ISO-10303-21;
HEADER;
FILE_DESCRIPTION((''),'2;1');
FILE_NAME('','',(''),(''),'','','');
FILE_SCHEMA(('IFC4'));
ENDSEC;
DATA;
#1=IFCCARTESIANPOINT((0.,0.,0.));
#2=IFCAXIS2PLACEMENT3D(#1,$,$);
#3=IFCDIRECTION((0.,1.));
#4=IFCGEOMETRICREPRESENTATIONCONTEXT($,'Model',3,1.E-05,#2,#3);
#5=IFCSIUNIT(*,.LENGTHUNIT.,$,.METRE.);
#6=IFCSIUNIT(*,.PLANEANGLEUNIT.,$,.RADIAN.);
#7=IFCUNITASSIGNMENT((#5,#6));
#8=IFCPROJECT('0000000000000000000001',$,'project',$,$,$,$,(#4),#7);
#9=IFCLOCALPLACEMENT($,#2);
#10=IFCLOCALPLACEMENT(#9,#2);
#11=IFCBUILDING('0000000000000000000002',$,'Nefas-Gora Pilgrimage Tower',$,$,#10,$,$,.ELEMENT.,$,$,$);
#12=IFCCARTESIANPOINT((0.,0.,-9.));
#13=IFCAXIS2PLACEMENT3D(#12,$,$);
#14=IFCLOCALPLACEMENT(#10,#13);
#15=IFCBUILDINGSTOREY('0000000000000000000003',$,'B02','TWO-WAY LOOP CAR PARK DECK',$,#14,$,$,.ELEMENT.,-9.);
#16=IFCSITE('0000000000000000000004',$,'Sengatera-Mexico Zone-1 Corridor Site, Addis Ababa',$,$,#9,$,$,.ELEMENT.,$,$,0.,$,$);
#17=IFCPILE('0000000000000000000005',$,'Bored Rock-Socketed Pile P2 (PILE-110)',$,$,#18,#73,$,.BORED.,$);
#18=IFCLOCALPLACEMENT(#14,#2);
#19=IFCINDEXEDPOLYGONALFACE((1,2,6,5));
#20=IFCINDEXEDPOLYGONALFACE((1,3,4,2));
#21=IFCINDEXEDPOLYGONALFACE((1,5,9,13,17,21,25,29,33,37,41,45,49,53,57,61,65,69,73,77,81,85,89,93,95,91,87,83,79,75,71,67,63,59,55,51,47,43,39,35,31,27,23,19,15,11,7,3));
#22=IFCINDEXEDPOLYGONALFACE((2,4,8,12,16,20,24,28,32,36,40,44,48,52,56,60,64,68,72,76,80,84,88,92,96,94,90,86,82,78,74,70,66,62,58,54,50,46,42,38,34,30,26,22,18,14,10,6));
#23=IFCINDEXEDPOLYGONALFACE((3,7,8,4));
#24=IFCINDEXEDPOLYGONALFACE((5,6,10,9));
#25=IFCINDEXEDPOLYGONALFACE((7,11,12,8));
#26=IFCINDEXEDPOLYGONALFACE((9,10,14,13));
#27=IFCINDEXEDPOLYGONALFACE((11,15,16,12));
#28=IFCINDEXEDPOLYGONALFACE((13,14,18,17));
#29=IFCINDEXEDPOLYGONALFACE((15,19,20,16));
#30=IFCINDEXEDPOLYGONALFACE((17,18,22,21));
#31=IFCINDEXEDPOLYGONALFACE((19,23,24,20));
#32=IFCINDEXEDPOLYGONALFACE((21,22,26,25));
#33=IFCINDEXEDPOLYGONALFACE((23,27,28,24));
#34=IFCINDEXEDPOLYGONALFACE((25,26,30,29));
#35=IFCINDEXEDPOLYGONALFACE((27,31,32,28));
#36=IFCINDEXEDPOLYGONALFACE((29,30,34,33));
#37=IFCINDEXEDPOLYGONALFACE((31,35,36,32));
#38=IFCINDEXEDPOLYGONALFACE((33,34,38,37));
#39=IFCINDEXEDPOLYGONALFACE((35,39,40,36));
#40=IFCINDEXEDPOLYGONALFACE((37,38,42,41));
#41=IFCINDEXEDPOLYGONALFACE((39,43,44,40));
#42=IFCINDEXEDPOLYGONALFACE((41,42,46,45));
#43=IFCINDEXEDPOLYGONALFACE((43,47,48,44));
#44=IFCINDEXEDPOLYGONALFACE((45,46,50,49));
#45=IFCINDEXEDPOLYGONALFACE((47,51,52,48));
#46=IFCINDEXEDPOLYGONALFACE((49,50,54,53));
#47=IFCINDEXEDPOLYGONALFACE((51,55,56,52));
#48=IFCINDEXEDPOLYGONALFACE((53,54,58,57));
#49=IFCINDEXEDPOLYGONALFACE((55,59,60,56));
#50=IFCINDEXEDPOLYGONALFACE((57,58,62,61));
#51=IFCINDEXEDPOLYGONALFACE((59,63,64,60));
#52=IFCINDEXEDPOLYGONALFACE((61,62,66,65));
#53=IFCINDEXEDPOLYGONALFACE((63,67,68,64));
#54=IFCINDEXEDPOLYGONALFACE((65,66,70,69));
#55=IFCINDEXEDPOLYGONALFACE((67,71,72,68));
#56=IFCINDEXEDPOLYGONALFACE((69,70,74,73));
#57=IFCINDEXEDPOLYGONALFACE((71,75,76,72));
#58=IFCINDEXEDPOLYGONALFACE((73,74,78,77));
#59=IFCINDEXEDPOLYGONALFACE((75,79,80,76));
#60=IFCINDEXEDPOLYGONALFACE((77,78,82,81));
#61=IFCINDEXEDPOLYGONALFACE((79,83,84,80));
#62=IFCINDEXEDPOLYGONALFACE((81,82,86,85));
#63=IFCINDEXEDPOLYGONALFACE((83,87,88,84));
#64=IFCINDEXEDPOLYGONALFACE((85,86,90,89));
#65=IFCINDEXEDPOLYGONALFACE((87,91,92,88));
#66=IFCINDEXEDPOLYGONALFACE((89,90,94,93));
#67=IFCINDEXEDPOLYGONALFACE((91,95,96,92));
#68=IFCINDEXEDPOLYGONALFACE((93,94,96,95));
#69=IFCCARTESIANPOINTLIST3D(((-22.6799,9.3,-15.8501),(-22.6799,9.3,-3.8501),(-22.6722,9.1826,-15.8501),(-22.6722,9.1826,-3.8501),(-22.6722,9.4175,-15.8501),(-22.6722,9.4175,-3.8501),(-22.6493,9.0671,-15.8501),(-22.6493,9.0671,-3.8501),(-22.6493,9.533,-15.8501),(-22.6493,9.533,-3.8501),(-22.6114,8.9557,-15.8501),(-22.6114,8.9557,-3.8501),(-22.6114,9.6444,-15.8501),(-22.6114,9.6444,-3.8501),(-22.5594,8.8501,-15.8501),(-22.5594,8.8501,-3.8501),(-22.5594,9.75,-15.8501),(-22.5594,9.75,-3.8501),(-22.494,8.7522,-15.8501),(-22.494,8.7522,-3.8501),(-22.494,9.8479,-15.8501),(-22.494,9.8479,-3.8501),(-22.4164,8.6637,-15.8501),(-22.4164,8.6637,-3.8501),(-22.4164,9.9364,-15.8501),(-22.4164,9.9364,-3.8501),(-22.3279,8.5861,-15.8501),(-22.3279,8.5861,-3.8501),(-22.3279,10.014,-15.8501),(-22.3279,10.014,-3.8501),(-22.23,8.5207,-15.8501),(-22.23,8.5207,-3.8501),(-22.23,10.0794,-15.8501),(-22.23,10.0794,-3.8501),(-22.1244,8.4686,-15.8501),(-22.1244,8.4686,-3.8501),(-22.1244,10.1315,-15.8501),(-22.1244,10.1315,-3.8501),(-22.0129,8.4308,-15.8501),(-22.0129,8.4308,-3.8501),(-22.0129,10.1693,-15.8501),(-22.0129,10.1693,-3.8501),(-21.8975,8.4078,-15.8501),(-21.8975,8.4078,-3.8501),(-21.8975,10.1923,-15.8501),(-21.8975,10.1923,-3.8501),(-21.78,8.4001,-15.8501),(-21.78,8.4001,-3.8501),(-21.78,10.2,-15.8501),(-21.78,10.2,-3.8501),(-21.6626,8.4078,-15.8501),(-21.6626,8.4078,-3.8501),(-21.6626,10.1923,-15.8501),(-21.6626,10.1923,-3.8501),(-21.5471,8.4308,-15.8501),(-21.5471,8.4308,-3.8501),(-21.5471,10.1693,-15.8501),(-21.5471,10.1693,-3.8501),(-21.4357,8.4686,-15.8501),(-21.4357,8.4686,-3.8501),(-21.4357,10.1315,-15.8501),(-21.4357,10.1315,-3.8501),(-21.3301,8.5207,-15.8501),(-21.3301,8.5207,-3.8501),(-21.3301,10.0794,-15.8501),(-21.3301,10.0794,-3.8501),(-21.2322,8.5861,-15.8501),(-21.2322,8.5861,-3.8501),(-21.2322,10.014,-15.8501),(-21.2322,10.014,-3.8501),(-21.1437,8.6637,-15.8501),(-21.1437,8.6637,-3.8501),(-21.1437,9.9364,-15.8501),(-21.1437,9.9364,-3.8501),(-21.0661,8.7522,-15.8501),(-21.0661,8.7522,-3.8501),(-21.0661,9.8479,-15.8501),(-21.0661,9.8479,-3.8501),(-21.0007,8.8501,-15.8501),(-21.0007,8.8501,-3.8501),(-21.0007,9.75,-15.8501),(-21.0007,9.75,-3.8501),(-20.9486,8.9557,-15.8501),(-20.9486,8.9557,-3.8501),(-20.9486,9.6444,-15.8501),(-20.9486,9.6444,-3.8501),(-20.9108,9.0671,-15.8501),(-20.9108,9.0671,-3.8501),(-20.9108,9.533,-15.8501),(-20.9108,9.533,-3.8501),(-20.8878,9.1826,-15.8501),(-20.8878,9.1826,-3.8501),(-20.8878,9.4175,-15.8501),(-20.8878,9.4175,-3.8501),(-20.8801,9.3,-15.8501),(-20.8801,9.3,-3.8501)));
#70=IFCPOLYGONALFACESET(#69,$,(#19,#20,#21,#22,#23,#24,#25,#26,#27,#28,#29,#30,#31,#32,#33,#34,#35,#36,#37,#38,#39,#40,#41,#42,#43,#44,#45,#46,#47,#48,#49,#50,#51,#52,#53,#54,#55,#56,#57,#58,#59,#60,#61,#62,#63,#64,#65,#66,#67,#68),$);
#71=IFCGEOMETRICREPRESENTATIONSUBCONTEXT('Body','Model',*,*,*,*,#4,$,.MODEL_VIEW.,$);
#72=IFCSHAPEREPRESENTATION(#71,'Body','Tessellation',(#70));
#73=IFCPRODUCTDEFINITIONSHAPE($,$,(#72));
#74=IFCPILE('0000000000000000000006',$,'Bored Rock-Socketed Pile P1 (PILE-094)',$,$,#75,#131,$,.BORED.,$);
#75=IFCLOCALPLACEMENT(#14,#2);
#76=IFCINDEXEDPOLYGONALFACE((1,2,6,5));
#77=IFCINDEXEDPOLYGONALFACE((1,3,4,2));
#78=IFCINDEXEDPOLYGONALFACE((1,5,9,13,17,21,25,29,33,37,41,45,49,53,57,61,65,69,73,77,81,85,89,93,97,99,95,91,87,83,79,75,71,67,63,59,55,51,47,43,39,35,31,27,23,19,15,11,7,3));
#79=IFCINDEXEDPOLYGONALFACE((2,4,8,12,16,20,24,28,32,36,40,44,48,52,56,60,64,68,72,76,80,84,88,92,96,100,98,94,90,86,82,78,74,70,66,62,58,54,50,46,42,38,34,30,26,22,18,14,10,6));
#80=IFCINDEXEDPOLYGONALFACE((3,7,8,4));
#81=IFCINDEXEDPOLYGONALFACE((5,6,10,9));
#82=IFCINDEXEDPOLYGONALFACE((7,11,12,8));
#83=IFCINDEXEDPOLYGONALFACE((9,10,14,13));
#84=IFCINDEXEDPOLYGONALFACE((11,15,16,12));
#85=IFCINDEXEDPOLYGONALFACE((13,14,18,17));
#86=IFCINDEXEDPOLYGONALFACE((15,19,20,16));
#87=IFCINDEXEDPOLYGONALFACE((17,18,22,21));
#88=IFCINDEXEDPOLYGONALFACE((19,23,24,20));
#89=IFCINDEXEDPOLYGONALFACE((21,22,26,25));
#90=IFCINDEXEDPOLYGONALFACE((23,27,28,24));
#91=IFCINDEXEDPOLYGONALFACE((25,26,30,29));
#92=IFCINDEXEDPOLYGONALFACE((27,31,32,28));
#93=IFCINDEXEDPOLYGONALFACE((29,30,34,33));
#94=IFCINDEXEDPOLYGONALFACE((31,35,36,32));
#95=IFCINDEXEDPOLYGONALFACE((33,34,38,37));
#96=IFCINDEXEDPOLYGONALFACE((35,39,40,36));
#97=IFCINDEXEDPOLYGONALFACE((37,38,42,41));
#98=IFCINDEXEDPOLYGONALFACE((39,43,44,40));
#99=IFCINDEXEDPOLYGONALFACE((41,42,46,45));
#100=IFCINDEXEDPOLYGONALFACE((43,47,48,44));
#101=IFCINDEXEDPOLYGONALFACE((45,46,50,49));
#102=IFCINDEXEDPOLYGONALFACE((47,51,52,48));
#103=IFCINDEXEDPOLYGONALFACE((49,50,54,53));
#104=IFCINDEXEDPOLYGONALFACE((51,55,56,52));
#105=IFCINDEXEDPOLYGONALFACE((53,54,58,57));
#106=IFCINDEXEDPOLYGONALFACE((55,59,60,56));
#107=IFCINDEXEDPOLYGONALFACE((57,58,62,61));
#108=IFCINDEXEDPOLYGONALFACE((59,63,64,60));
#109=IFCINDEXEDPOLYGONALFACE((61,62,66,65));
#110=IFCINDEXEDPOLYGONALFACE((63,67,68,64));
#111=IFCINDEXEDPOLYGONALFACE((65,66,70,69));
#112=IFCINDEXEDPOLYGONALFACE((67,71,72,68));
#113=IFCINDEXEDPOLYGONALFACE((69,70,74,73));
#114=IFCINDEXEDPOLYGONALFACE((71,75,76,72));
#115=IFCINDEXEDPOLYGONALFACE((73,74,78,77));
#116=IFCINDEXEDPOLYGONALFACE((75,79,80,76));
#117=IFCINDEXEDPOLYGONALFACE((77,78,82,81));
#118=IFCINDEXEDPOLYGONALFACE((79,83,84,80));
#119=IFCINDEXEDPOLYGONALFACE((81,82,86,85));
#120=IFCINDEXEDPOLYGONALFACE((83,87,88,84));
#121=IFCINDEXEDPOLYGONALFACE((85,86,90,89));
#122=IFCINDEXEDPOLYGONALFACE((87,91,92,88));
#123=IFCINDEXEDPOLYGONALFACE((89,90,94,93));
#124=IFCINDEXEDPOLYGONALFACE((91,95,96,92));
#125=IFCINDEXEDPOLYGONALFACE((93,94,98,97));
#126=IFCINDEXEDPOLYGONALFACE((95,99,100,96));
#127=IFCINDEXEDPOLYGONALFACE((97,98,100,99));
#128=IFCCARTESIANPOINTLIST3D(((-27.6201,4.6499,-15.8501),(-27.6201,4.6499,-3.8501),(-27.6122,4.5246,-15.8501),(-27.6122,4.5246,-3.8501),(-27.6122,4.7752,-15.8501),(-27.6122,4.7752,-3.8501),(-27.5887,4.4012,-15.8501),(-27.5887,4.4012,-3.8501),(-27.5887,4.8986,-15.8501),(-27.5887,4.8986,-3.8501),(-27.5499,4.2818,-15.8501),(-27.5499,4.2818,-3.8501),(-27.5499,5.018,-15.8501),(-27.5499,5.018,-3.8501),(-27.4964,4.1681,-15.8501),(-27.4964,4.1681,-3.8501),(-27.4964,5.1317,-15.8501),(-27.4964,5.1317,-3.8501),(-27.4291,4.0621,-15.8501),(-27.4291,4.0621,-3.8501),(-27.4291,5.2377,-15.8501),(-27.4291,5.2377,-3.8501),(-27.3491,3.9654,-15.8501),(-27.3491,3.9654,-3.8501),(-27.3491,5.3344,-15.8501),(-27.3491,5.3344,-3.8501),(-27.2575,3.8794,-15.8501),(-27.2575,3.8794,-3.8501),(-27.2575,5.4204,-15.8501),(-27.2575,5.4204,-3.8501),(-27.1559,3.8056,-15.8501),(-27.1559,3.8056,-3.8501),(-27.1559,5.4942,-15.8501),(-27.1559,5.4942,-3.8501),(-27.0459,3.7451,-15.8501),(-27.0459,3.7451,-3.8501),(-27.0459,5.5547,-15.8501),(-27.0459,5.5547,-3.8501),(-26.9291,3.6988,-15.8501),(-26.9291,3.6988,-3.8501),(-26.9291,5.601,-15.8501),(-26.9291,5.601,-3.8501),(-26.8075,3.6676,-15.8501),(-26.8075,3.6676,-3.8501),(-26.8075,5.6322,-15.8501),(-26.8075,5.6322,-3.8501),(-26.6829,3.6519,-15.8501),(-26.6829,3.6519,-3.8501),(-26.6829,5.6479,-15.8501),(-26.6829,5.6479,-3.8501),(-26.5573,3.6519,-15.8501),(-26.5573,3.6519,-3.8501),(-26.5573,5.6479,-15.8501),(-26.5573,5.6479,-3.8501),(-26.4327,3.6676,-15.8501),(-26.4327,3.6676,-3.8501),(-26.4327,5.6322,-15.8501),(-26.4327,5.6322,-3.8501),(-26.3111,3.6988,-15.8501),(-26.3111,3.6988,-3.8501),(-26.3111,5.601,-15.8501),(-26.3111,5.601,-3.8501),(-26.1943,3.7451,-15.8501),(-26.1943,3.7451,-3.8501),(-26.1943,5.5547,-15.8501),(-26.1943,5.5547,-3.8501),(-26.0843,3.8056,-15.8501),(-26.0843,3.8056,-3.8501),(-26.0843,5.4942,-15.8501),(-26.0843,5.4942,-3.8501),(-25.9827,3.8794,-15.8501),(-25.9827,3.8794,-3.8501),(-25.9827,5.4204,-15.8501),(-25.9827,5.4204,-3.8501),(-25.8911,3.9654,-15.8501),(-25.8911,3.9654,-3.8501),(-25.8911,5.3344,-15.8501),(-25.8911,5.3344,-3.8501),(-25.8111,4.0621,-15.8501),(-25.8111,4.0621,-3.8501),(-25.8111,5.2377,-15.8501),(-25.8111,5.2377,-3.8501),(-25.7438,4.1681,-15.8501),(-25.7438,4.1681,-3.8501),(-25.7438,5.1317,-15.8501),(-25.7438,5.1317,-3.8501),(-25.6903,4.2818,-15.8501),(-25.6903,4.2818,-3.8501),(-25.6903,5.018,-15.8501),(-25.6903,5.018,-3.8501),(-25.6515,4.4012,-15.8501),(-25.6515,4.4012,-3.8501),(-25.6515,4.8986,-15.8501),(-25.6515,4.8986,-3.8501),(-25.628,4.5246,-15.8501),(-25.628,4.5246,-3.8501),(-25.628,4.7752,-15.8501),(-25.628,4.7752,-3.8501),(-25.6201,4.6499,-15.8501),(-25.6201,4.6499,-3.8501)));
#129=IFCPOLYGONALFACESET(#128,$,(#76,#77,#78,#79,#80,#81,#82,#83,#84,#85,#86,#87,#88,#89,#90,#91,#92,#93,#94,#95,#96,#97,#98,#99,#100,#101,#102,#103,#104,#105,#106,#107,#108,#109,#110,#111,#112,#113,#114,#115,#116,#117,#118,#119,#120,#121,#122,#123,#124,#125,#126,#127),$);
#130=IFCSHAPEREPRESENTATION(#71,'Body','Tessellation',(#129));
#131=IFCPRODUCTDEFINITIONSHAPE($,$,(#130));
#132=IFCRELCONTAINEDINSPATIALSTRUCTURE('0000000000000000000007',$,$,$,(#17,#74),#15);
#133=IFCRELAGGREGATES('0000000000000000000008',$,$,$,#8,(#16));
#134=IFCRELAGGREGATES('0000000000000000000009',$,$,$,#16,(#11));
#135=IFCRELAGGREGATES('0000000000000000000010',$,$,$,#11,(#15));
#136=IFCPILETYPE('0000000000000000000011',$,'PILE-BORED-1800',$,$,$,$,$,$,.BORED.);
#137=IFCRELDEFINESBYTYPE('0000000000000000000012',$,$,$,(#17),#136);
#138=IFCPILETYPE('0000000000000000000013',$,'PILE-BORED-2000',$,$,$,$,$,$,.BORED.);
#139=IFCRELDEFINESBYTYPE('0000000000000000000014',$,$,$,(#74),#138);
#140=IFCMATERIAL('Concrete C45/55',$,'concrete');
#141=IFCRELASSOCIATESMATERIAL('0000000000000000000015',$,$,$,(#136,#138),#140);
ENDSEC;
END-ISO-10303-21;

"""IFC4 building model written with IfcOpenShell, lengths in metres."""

from ifc_helpers import new_model, si_unit, direction, frame, origin, origin_2d, place, context, subcontext, project, spatial, circle, extrude, source, transform, mapped, material, material_profile, profile_set, type_object, element, save


model = new_model("IFC4")

# Units and contexts
model_context = context("Model", 3, precision=1e-05, world=origin(), true_north=direction((0.0, 1.0)))
body_context = subcontext(model_context, "Body", "Model", "MODEL_VIEW")
ifc_project = project(units=[si_unit("LENGTHUNIT", "METRE"), si_unit("PLANEANGLEUNIT", "RADIAN")], contexts=[model_context])

# Site, building, storey
site_placement = place(None, origin())
site = spatial("IfcSite", under=ifc_project, at=site_placement, Name="Sengatera-Mexico Zone-1 Corridor Site, Addis Ababa", CompositionType="ELEMENT", RefElevation=0.0)
building_placement = place(site_placement, origin())
building = spatial("IfcBuilding", under=site, at=building_placement, Name="Nefas-Gora Pilgrimage Tower", CompositionType="ELEMENT")
storey_placement = place(building_placement, frame((0.0, 0.0, -9.0)))
storey = spatial("IfcBuildingStorey", under=building, at=storey_placement, Name="B02", Description="TWO-WAY LOOP CAR PARK DECK", CompositionType="ELEMENT", Elevation=-9.0)

# Piles
ifc_material_1 = material(Name="Concrete C45/55", Category="concrete")
ifc_material_profile_1 = material_profile(ifc_material_1, circle(Radius=0.8999, at=origin_2d()), Name="PILE D1800")
ifc_profile_set_1 = profile_set([ifc_material_profile_1], Name="Concrete C45/55")
pile_type_1 = type_object("IfcPileType", Name="PILE-BORED-1800", PredefinedType="BORED", material=ifc_profile_set_1)
shared_shape_1 = source(origin(), body_context, "Body", "SweptSolid", [
    extrude(circle(Radius=0.8999, at=origin_2d()), origin(), (0.0, 0.0, 1.0), 12.0),
])
for number, where, z_axis, x_axis, name in (
    (1, (-21.78, 9.3, -3.8501), (0.0, 0.0, -1.0), (1.0, 0.0, 0.0), "Bored Rock-Socketed Pile P2 (PILE-110)"),
):
    element("IfcPile", number, at=place(storey_placement, frame(where, z_axis=z_axis, x_axis=x_axis)), inside=storey, type_object=pile_type_1, Name=name, PredefinedType="BORED", context=body_context, shape_type="MappedRepresentation", body=[
        mapped(shared_shape_1, transform((0.0, 0.0, 0.0), x_axis=(1.0, 0.0, 0.0), y_axis=(0.0, 1.0, 0.0), z_axis=(0.0, 0.0, 1.0), scale=1.0)),
    ])
ifc_material_profile_2 = material_profile(ifc_material_1, circle(Radius=1.0, at=origin_2d()), Name="PILE D2000")
ifc_profile_set_2 = profile_set([ifc_material_profile_2], Name="Concrete C45/55")
pile_type_2 = type_object("IfcPileType", Name="PILE-BORED-2000", PredefinedType="BORED", material=ifc_profile_set_2)
shared_shape_2 = source(origin(), body_context, "Body", "SweptSolid", [
    extrude(circle(Radius=1.0, at=origin_2d()), origin(), (0.0, 0.0, 1.0), 12.0),
])
pile_placement = place(storey_placement, frame((-26.6201, 4.6499, -3.8501), z_axis=(0.0, 0.0, -1.0), x_axis=(1.0, 0.0, 0.0)))
element("IfcPile", 2, at=pile_placement, inside=storey, type_object=pile_type_2, Name="Bored Rock-Socketed Pile P1 (PILE-094)", PredefinedType="BORED", context=body_context, shape_type="MappedRepresentation", body=[
    mapped(shared_shape_2, transform((0.0, 0.0, 0.0), x_axis=(1.0, 0.0, 0.0), y_axis=(0.0, 1.0, 0.0), z_axis=(0.0, 0.0, 1.0), scale=1.0)),
])

save(model, "model.ifc")
